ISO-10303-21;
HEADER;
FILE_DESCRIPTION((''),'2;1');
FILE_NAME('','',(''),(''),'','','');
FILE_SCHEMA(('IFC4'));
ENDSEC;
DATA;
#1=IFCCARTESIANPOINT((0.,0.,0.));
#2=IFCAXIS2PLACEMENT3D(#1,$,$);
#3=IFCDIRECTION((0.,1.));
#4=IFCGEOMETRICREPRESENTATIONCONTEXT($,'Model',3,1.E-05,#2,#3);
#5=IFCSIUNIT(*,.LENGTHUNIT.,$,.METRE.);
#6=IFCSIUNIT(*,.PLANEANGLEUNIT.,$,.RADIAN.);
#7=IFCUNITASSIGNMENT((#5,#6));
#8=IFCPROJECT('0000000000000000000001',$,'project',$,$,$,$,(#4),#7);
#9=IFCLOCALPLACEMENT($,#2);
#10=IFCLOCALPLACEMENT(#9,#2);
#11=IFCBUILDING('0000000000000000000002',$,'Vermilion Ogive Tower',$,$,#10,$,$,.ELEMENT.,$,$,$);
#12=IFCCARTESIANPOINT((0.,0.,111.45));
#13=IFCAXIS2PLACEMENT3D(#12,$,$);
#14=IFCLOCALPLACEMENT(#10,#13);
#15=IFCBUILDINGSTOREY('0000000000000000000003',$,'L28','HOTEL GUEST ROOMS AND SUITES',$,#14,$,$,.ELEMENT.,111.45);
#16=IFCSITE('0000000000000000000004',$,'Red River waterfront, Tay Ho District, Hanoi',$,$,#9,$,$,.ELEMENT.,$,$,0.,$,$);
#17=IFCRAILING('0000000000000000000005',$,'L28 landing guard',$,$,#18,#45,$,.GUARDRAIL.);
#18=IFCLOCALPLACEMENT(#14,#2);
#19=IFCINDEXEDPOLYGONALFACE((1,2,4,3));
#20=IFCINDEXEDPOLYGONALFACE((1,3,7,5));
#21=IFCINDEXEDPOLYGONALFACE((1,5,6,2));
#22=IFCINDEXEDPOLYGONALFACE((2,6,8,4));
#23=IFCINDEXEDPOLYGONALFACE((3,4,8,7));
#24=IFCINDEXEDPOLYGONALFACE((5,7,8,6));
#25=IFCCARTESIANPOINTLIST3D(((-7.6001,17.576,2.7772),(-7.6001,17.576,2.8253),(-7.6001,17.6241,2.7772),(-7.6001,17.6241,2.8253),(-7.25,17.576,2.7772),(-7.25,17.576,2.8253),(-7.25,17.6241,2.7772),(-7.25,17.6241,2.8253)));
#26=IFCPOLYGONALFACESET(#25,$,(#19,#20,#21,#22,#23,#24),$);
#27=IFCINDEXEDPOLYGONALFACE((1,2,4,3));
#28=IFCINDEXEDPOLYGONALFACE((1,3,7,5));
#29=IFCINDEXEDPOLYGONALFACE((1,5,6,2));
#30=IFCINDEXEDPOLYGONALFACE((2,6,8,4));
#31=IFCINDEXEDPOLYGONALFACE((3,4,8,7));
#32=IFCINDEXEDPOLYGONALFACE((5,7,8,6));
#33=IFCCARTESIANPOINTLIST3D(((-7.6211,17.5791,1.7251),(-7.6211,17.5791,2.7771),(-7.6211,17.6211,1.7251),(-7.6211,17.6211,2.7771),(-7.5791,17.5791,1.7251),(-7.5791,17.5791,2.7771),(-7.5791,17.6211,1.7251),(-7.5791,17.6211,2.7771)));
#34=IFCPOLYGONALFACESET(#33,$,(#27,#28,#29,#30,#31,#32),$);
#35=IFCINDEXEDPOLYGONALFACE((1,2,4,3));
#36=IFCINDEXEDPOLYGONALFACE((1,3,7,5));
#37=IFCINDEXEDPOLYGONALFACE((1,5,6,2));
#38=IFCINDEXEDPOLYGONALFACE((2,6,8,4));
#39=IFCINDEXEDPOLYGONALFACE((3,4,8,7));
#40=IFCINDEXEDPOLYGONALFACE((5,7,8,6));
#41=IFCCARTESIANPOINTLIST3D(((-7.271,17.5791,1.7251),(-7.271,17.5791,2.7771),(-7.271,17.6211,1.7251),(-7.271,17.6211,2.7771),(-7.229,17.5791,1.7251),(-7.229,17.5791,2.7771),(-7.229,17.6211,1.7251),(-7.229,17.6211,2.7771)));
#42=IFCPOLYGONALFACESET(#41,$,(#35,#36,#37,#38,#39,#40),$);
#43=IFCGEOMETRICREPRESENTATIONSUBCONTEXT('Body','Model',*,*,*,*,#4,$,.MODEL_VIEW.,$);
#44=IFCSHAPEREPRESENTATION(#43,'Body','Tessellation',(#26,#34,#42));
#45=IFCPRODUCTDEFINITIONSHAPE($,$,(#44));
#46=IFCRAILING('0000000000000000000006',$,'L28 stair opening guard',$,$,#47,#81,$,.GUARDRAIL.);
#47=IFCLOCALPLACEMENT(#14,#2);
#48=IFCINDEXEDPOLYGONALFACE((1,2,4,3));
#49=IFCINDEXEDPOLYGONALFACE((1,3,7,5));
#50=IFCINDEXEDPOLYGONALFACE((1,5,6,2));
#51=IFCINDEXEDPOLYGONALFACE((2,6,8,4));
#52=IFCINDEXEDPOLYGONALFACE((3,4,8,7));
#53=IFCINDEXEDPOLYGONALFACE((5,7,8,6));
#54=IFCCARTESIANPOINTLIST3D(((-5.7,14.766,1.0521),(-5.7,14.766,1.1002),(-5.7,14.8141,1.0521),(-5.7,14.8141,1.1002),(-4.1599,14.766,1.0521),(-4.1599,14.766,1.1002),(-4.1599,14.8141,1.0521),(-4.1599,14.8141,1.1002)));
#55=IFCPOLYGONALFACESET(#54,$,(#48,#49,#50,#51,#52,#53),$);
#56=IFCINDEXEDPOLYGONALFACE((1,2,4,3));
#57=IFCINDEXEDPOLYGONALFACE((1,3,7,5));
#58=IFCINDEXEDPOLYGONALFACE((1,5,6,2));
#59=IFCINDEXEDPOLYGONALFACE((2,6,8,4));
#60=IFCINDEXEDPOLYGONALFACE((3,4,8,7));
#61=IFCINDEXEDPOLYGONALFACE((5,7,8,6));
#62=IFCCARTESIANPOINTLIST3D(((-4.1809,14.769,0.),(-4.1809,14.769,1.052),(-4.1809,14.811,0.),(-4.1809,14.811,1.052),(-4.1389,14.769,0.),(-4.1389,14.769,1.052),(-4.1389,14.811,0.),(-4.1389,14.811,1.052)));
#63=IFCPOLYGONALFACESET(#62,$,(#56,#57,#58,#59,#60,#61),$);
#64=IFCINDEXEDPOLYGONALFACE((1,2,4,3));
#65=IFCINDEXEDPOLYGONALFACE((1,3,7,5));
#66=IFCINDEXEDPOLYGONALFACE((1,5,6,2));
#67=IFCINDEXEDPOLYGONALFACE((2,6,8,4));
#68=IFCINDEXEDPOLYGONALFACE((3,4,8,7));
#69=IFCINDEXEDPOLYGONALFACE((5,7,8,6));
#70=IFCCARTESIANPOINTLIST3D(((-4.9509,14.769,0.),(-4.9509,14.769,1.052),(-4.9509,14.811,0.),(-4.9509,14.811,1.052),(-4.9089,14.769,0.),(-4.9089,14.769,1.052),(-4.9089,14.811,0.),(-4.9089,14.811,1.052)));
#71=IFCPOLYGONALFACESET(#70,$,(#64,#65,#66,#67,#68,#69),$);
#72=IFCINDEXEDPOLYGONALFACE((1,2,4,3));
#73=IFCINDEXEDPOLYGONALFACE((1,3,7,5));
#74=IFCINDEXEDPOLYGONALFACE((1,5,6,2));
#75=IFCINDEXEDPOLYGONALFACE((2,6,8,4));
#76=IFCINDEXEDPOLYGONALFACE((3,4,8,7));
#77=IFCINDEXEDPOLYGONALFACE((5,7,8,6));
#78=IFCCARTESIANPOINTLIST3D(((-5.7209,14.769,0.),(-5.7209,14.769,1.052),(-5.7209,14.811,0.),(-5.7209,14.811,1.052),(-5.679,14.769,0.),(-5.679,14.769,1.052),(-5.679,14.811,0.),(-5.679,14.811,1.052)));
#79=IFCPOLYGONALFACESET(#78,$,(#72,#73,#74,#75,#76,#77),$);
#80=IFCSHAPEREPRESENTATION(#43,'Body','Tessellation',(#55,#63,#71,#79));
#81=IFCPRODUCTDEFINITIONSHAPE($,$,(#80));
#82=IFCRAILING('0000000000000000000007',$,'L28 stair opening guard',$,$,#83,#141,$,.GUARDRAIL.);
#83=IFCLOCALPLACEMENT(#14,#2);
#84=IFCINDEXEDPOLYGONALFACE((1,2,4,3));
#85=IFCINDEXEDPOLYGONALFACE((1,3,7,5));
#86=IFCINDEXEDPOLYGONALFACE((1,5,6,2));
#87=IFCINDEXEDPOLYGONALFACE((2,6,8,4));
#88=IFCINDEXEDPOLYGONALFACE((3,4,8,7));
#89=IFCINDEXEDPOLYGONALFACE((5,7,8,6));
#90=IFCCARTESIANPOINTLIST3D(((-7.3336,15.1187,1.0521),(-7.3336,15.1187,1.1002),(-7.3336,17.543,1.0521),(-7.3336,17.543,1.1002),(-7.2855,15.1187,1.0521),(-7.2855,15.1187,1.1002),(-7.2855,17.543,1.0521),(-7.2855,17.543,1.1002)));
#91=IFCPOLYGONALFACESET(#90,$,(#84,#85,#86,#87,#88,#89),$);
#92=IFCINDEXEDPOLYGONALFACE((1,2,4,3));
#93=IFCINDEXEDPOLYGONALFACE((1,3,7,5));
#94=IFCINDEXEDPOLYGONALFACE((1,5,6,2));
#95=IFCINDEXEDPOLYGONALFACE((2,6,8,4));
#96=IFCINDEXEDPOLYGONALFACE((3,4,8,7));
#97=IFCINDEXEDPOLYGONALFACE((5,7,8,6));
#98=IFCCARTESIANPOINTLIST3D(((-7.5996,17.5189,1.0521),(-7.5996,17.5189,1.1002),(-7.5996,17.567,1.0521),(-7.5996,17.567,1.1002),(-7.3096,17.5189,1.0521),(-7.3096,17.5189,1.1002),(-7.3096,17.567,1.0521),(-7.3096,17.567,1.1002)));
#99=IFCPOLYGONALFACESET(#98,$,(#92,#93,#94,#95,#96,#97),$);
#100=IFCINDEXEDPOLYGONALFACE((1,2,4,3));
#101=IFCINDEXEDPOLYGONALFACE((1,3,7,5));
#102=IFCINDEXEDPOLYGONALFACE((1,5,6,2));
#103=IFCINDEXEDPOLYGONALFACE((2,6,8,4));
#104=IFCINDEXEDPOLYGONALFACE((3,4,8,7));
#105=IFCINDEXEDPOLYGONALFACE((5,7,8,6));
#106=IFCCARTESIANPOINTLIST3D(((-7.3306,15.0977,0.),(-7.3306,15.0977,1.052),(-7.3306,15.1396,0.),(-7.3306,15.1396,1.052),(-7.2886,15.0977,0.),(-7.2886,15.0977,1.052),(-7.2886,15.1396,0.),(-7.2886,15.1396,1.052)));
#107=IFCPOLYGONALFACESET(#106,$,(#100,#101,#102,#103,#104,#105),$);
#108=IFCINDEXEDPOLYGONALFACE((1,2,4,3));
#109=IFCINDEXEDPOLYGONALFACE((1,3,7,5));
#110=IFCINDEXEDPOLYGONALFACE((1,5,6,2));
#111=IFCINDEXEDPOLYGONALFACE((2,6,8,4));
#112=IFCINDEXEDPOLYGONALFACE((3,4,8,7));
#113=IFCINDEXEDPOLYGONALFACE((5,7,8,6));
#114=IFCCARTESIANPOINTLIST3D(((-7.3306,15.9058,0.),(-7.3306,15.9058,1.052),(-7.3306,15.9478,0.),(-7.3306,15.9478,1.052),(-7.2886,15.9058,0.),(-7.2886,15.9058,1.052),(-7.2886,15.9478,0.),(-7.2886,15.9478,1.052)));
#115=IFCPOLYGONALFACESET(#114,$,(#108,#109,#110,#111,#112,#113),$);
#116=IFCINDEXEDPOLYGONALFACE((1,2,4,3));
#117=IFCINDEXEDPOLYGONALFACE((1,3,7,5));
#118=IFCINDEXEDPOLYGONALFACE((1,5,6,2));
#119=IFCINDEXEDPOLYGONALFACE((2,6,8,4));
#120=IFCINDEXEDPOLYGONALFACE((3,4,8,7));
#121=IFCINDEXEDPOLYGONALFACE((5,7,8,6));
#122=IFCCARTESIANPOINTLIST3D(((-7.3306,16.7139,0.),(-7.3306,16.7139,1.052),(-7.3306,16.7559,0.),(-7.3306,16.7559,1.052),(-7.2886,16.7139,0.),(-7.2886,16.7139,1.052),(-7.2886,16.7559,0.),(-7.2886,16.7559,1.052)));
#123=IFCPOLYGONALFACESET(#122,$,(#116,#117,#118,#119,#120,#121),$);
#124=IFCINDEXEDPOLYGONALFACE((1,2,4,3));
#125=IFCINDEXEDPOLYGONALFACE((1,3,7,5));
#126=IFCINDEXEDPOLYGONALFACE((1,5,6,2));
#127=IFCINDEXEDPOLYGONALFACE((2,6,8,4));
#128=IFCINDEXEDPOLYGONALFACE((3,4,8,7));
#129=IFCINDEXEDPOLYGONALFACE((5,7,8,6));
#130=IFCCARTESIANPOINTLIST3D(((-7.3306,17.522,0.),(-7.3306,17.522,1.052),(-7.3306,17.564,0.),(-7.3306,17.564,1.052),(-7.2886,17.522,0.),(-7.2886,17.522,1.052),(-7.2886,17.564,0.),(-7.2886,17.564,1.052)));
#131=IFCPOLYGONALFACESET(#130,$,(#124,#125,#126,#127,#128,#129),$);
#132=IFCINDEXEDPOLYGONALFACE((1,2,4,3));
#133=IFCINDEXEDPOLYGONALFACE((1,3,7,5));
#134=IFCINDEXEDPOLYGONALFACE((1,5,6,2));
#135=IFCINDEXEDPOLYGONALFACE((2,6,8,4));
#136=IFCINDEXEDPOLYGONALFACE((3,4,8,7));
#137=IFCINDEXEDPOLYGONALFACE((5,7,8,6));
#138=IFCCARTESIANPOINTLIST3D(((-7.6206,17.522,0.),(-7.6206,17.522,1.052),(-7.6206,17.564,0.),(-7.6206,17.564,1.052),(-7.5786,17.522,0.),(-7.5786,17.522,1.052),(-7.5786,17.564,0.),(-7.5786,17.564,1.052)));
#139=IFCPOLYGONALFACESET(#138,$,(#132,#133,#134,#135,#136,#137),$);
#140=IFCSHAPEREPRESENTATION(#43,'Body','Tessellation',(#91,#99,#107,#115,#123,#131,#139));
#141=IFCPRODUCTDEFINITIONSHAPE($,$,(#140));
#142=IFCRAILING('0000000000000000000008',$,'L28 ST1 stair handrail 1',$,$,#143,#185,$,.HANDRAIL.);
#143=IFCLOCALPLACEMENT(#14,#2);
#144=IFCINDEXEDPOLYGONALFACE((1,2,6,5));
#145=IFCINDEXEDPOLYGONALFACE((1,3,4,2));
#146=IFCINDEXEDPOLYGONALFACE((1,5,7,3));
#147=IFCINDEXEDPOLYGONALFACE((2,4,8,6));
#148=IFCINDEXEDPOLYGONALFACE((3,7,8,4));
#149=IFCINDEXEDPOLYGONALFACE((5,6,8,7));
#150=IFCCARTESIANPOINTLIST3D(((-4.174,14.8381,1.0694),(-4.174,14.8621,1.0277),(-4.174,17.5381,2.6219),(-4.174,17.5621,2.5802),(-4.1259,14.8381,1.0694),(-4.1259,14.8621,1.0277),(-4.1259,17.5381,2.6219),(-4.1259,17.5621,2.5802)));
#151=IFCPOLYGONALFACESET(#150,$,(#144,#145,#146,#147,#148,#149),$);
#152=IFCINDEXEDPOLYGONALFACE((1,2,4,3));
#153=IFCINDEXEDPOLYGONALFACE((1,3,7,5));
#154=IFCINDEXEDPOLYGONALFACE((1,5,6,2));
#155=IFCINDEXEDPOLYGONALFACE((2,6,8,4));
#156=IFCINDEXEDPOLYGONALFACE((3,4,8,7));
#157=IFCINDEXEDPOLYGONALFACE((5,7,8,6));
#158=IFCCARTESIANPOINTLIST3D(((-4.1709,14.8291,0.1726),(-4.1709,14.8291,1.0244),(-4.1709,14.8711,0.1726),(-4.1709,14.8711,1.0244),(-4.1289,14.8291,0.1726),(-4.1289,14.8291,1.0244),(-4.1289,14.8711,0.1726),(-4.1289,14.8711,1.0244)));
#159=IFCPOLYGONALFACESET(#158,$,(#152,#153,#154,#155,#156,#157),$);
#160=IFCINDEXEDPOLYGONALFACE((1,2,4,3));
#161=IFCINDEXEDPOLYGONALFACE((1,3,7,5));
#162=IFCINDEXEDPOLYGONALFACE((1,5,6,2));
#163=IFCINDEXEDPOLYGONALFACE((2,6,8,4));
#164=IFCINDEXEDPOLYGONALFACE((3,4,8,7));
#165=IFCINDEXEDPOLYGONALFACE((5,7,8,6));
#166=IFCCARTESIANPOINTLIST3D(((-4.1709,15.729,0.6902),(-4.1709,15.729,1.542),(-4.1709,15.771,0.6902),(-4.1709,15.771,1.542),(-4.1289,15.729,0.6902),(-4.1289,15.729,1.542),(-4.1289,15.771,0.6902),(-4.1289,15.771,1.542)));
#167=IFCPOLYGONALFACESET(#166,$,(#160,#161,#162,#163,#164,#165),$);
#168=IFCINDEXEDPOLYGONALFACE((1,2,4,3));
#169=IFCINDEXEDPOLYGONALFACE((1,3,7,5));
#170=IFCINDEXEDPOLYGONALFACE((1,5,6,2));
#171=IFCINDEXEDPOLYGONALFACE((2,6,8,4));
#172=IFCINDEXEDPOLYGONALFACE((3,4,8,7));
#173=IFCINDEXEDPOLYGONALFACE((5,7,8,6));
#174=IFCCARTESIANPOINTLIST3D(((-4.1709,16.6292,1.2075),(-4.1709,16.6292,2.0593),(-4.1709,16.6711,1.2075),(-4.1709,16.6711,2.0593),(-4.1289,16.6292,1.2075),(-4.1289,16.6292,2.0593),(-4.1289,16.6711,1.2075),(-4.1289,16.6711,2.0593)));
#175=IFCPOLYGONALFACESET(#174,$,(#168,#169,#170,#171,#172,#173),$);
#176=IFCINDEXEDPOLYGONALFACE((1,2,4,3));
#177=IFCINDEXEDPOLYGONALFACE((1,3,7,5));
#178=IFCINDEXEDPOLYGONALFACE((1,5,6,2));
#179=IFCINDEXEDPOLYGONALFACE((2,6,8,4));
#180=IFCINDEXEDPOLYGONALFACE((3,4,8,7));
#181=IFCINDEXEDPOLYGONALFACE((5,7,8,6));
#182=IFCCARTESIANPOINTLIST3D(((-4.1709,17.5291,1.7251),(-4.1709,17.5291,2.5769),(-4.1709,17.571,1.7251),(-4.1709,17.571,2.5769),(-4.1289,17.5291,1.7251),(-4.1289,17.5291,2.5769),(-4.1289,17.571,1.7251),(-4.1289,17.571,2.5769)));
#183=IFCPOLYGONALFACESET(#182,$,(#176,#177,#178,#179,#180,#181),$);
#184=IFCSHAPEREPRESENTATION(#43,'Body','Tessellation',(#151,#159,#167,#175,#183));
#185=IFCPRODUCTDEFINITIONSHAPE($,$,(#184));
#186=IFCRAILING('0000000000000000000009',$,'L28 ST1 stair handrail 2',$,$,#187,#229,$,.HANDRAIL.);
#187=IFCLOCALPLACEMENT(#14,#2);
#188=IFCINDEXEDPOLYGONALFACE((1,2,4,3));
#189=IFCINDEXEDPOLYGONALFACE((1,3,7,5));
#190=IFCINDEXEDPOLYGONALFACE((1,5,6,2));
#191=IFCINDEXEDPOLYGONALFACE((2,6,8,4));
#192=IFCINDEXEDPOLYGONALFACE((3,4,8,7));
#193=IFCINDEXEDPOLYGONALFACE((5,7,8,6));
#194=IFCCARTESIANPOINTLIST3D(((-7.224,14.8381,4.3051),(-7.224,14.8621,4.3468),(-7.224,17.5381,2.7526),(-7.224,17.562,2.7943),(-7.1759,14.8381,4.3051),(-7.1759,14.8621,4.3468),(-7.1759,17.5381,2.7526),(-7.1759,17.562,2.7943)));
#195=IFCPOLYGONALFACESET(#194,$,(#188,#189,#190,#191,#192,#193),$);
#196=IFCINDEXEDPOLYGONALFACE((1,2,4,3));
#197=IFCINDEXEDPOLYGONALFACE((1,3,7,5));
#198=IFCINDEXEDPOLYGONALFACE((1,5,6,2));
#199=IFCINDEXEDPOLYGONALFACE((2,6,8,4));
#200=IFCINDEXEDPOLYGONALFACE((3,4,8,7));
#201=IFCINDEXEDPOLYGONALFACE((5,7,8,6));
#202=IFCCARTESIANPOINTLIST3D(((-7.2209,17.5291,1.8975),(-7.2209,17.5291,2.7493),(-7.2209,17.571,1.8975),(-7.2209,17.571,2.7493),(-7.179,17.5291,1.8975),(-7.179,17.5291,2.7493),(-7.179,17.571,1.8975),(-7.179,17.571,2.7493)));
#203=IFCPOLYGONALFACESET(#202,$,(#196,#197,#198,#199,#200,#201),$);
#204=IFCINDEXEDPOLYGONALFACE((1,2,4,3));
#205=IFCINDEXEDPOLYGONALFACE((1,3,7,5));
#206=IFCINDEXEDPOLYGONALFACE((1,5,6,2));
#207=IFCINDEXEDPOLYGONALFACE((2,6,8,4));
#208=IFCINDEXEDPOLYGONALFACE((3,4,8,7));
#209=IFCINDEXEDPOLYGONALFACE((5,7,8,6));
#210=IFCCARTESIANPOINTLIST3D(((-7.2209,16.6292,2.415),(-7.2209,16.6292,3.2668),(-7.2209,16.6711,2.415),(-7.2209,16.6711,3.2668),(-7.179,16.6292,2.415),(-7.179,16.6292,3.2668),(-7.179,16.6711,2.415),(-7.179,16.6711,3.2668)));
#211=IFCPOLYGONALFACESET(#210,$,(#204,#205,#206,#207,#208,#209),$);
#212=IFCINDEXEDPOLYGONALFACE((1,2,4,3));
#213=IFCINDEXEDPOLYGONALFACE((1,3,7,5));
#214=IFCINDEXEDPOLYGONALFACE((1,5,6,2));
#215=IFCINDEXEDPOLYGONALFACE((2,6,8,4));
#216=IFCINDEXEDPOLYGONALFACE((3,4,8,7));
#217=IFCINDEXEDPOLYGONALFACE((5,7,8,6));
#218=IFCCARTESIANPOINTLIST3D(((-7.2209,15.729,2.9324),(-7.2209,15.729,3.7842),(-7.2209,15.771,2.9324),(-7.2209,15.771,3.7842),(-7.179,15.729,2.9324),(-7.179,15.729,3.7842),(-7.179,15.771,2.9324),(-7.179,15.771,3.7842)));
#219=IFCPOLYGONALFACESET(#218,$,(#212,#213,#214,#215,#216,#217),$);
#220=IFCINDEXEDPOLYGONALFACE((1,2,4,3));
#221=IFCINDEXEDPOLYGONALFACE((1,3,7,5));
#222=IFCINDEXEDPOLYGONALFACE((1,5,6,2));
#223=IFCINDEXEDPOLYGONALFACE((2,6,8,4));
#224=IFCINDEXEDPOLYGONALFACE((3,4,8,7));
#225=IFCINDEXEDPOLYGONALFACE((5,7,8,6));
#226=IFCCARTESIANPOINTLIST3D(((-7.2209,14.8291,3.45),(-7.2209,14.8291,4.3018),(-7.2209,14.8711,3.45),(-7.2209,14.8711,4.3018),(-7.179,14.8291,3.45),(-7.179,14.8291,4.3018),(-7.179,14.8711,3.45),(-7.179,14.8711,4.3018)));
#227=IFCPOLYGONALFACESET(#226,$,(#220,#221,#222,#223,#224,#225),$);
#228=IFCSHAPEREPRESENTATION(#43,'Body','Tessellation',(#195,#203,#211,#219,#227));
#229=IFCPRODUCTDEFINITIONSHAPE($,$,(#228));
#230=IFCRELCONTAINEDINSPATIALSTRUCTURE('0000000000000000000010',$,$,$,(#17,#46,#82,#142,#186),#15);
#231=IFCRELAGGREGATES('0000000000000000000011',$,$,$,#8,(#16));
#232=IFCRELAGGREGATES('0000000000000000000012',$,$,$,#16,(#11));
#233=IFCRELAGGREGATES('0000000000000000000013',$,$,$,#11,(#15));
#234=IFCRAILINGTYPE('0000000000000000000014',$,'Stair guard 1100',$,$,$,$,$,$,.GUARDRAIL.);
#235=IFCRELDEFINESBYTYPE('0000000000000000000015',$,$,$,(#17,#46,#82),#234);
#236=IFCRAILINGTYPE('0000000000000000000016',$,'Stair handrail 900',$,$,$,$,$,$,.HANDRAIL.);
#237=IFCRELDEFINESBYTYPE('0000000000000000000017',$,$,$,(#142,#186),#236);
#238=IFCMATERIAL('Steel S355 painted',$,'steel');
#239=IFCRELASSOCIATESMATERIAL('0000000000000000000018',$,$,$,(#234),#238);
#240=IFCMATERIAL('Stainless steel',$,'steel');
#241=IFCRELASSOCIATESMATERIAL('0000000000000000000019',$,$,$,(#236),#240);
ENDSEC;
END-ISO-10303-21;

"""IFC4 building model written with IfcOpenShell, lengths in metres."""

from ifc_helpers import new_model, si_unit, direction, frame, origin, origin_2d, place, context, subcontext, project, spatial, rectangle, extrude, material, type_object, element, save


model = new_model("IFC4")

# Units and contexts
model_context = context("Model", 3, precision=1e-05, world=origin(), true_north=direction((0.0, 1.0)))
body_context = subcontext(model_context, "Body", "Model", "MODEL_VIEW")
ifc_project = project(units=[si_unit("LENGTHUNIT", "METRE"), si_unit("PLANEANGLEUNIT", "RADIAN")], contexts=[model_context])

# Site, building, storey
site_placement = place(None, origin())
site = spatial("IfcSite", under=ifc_project, at=site_placement, Name="Red River waterfront, Tay Ho District, Hanoi", CompositionType="ELEMENT", RefElevation=0.0)
building_placement = place(site_placement, origin())
building = spatial("IfcBuilding", under=site, at=building_placement, Name="Vermilion Ogive Tower", CompositionType="ELEMENT")
storey_placement = place(building_placement, frame((0.0, 0.0, 111.45)))
storey = spatial("IfcBuildingStorey", under=building, at=storey_placement, Name="L28", Description="HOTEL GUEST ROOMS AND SUITES", CompositionType="ELEMENT", Elevation=111.45)

# Railings
ifc_material_1 = material(Name="Steel S355 painted", Category="steel")
railing_type_1 = type_object("IfcRailingType", Name="Stair guard 1100", PredefinedType="GUARDRAIL", material=ifc_material_1)
railing_1_placement = place(storey_placement, frame((-7.6001, 17.6001, 1.7251)))
element("IfcRailing", 1, at=railing_1_placement, inside=storey, type_object=railing_type_1, Name="L28 landing guard", PredefinedType="GUARDRAIL", context=body_context, shape_type="SweptSolid", body=[
    extrude(rectangle(XDim=0.0481, YDim=0.0481, at=origin_2d()), frame((0.0, 0.0, 1.0762), z_axis=(1.0, 0.0, 0.0), x_axis=(0.0, 1.0, 0.0)), (0.0, 0.0, 1.0), 0.3501),
    extrude(rectangle(XDim=0.042, YDim=0.042, at=origin_2d()), origin(), (0.0, 0.0, 1.0), 1.052),
    extrude(rectangle(XDim=0.042, YDim=0.042, at=origin_2d()), frame((0.3501, 0.0, 0.0)), (0.0, 0.0, 1.0), 1.052),
])
railing_2_placement = place(storey_placement, frame((-4.1599, 14.79, 0.0)))
element("IfcRailing", 2, at=railing_2_placement, inside=storey, type_object=railing_type_1, Name="L28 stair opening guard", PredefinedType="GUARDRAIL", context=body_context, shape_type="SweptSolid", body=[
    extrude(rectangle(XDim=0.0481, YDim=0.0481, at=origin_2d()), frame((0.0, 0.0, 1.0762), z_axis=(-1.0, 0.0, 0.0), x_axis=(0.0, -1.0, 0.0)), (0.0, 0.0, 1.0), 1.54),
    extrude(rectangle(XDim=0.042, YDim=0.042, at=origin_2d()), origin(), (0.0, 0.0, 1.0), 1.052),
    extrude(rectangle(XDim=0.042, YDim=0.042, at=origin_2d()), frame((-0.77, 0.0, 0.0)), (0.0, 0.0, 1.0), 1.052),
    extrude(rectangle(XDim=0.042, YDim=0.042, at=origin_2d()), frame((-1.54, 0.0, 0.0)), (0.0, 0.0, 1.0), 1.052),
])
railing_3_placement = place(storey_placement, frame((-7.3096, 15.1187, 0.0)))
element("IfcRailing", 3, at=railing_3_placement, inside=storey, type_object=railing_type_1, Name="L28 stair opening guard", PredefinedType="GUARDRAIL", context=body_context, shape_type="SweptSolid", body=[
    extrude(rectangle(XDim=0.0481, YDim=0.0481, at=origin_2d()), frame((0.0, 0.0, 1.0762), z_axis=(0.0, 1.0, 0.0), x_axis=(-1.0, 0.0, 0.0)), (0.0, 0.0, 1.0), 2.4243),
    extrude(rectangle(XDim=0.0481, YDim=0.0481, at=origin_2d()), frame((0.0, 2.4243, 1.0762), z_axis=(-1.0, 0.0, 0.0), x_axis=(0.0, -1.0, 0.0)), (0.0, 0.0, 1.0), 0.29),
    extrude(rectangle(XDim=0.042, YDim=0.042, at=origin_2d()), origin(), (0.0, 0.0, 1.0), 1.052),
    extrude(rectangle(XDim=0.042, YDim=0.042, at=origin_2d()), frame((0.0, 0.8081, 0.0)), (0.0, 0.0, 1.0), 1.052),
    extrude(rectangle(XDim=0.042, YDim=0.042, at=origin_2d()), frame((0.0, 1.6162, 0.0)), (0.0, 0.0, 1.0), 1.052),
    extrude(rectangle(XDim=0.042, YDim=0.042, at=origin_2d()), frame((0.0, 2.4243, 0.0)), (0.0, 0.0, 1.0), 1.052),
    extrude(rectangle(XDim=0.042, YDim=0.042, at=origin_2d()), frame((-0.29, 2.4243, 0.0)), (0.0, 0.0, 1.0), 1.052),
])
ifc_material_2 = material(Name="Stainless steel", Category="steel")
railing_type_2 = type_object("IfcRailingType", Name="Stair handrail 900", PredefinedType="HANDRAIL", material=ifc_material_2)
railing_4_placement = place(storey_placement, frame((-4.1499, 14.8501, 0.1726)))
element("IfcRailing", 4, at=railing_4_placement, inside=storey, type_object=railing_type_2, Name="L28 ST1 stair handrail 1", PredefinedType="HANDRAIL", context=body_context, shape_type="SweptSolid", body=[
    extrude(rectangle(XDim=0.0481, YDim=0.0481, at=origin_2d()), frame((0.0, 0.0, 0.876), z_axis=(0.0, 0.866904, 0.498476), x_axis=(-1.0, 0.0, 0.0)), (0.0, 0.0, 1.0), 3.1145),
    extrude(rectangle(XDim=0.042, YDim=0.042, at=origin_2d()), origin(), (0.0, 0.0, 1.0), 0.8518),
    extrude(rectangle(XDim=0.042, YDim=0.042, at=origin_2d()), frame((0.0, 0.8999, 0.5176)), (0.0, 0.0, 1.0), 0.8518),
    extrude(rectangle(XDim=0.042, YDim=0.042, at=origin_2d()), frame((0.0, 1.8, 1.0349)), (0.0, 0.0, 1.0), 0.8518),
    extrude(rectangle(XDim=0.042, YDim=0.042, at=origin_2d()), frame((0.0, 2.7, 1.5525)), (0.0, 0.0, 1.0), 0.8518),
])
railing_5_placement = place(storey_placement, frame((-7.2, 17.55, 1.8975)))
element("IfcRailing", 5, at=railing_5_placement, inside=storey, type_object=railing_type_2, Name="L28 ST1 stair handrail 2", PredefinedType="HANDRAIL", context=body_context, shape_type="SweptSolid", body=[
    extrude(rectangle(XDim=0.0481, YDim=0.0481, at=origin_2d()), frame((0.0, 0.0, 0.876), z_axis=(0.0, -0.866904, 0.498476), x_axis=(1.0, 0.0, 0.0)), (0.0, 0.0, 1.0), 3.1145),
    extrude(rectangle(XDim=0.042, YDim=0.042, at=origin_2d()), origin(), (0.0, 0.0, 1.0), 0.8518),
    extrude(rectangle(XDim=0.042, YDim=0.042, at=origin_2d()), frame((0.0, -0.8999, 0.5176)), (0.0, 0.0, 1.0), 0.8518),
    extrude(rectangle(XDim=0.042, YDim=0.042, at=origin_2d()), frame((0.0, -1.8, 1.0349)), (0.0, 0.0, 1.0), 0.8518),
    extrude(rectangle(XDim=0.042, YDim=0.042, at=origin_2d()), frame((0.0, -2.7, 1.5525)), (0.0, 0.0, 1.0), 0.8518),
])

save(model, "model.ifc")
